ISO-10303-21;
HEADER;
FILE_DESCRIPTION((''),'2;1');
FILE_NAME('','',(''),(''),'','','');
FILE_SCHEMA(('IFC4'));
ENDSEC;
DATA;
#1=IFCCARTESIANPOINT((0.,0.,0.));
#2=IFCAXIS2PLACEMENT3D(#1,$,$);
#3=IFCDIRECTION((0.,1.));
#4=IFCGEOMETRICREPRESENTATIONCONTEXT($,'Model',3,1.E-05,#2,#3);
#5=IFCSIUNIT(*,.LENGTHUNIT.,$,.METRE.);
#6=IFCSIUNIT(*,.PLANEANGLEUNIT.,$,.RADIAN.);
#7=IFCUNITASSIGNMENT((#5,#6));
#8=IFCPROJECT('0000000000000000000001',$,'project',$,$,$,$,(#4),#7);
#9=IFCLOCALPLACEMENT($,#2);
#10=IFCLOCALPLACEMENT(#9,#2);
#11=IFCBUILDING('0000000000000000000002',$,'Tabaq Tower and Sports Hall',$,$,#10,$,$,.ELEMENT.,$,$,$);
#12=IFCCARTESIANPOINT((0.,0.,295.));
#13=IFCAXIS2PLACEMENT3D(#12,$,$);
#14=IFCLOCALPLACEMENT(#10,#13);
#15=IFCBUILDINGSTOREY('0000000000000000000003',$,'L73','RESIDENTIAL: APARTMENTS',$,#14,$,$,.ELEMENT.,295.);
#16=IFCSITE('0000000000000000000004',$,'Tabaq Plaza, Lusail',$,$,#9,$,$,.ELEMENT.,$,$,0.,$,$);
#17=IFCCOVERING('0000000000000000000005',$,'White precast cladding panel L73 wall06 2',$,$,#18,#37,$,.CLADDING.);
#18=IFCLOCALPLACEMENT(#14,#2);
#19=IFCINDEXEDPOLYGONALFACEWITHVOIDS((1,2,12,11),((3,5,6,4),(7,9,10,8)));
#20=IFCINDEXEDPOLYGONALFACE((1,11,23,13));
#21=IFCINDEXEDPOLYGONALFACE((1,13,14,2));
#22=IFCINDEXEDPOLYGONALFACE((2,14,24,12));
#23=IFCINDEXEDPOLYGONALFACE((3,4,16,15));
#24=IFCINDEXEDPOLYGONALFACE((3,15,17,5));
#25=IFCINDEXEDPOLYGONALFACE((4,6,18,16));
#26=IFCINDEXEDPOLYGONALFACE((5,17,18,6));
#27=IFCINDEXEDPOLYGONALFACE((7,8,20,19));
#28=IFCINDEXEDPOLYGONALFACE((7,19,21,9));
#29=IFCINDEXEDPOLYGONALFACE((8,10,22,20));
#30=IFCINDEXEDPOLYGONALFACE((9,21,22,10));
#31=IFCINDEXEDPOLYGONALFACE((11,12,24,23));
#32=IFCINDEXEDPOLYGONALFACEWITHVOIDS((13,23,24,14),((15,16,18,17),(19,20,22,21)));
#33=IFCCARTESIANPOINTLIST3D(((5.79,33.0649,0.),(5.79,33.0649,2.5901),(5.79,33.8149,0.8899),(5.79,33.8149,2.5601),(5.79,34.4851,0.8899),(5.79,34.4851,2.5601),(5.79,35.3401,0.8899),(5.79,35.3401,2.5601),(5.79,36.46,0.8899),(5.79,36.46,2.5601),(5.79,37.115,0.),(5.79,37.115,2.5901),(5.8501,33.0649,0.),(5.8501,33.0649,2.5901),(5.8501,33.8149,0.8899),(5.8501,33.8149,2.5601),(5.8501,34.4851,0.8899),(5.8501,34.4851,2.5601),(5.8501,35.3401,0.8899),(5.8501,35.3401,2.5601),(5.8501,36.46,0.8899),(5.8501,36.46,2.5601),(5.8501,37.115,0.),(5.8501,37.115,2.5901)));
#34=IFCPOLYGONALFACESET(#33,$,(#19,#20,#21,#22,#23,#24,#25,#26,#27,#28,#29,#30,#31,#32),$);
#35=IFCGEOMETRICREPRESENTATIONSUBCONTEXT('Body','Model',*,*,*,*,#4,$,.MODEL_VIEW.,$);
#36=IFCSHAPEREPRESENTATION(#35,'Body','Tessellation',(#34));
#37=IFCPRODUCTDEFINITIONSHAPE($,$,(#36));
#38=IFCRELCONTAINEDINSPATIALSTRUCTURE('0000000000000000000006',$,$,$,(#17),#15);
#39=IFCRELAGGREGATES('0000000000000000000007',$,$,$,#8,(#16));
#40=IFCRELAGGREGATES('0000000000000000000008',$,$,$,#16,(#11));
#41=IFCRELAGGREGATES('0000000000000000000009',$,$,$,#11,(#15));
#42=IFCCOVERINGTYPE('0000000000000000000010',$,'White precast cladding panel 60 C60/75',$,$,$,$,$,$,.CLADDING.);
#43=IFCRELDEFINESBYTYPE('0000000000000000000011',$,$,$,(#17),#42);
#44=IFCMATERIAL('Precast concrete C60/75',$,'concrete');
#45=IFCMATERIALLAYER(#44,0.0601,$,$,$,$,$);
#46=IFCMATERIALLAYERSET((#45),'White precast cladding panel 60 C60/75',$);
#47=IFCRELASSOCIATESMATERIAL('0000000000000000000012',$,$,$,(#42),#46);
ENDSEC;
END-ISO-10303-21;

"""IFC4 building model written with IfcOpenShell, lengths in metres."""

from ifc_helpers import new_model, si_unit, direction, frame, origin, place, context, subcontext, project, spatial, polyline, outline, extrude, material, layer, layer_set, type_object, element, save


model = new_model("IFC4")

# Units and contexts
model_context = context("Model", 3, precision=1e-05, world=origin(), true_north=direction((0.0, 1.0)))
body_context = subcontext(model_context, "Body", "Model", "MODEL_VIEW")
ifc_project = project(units=[si_unit("LENGTHUNIT", "METRE"), si_unit("PLANEANGLEUNIT", "RADIAN")], contexts=[model_context])

# Site, building, storey
site_placement = place(None, origin())
site = spatial("IfcSite", under=ifc_project, at=site_placement, Name="Tabaq Plaza, Lusail", CompositionType="ELEMENT", RefElevation=0.0)
building_placement = place(site_placement, origin())
building = spatial("IfcBuilding", under=site, at=building_placement, Name="Tabaq Tower and Sports Hall", CompositionType="ELEMENT")
storey_placement = place(building_placement, frame((0.0, 0.0, 295.0)))
storey = spatial("IfcBuildingStorey", under=building, at=storey_placement, Name="L73", Description="RESIDENTIAL: APARTMENTS", CompositionType="ELEMENT", Elevation=295.0)

# Covering
ifc_material_1 = material(Name="Precast concrete C60/75", Category="concrete")
ifc_layer_1 = layer(ifc_material_1, 0.0601)
ifc_layer_set_1 = layer_set([ifc_layer_1], Name="White precast cladding panel 60 C60/75")
covering_type = type_object("IfcCoveringType", Name="White precast cladding panel 60 C60/75", PredefinedType="CLADDING", material=ifc_layer_set_1)
covering_placement = place(storey_placement, frame((5.8201, 37.115, 0.0), z_axis=(0.0, 0.0, 1.0), x_axis=(0.0, -1.0, 0.0)))
element("IfcCovering", 1, at=covering_placement, inside=storey, type_object=covering_type, Name="White precast cladding panel L73 wall06 2", PredefinedType="CLADDING", context=body_context, shape_type="SweptSolid", body=[
    extrude(outline(polyline([(0.0, 0.0), (4.05, 0.0), (4.05, 2.5901), (0.0, 2.5901), (0.0, 0.0)]), holes=[polyline([(0.655, 0.8899), (0.655, 2.5601), (1.7749, 2.5601), (1.7749, 0.8899), (0.655, 0.8899)]), polyline([(2.6299, 0.8899), (2.6299, 2.5601), (3.3, 2.5601), (3.3, 0.8899), (2.6299, 0.8899)])]), frame((0.0, 0.03, 0.0), z_axis=(0.0, -1.0, 0.0), x_axis=(1.0, 0.0, 0.0)), (0.0, 0.0, 1.0), 0.0601),
])

save(model, "model.ifc")
